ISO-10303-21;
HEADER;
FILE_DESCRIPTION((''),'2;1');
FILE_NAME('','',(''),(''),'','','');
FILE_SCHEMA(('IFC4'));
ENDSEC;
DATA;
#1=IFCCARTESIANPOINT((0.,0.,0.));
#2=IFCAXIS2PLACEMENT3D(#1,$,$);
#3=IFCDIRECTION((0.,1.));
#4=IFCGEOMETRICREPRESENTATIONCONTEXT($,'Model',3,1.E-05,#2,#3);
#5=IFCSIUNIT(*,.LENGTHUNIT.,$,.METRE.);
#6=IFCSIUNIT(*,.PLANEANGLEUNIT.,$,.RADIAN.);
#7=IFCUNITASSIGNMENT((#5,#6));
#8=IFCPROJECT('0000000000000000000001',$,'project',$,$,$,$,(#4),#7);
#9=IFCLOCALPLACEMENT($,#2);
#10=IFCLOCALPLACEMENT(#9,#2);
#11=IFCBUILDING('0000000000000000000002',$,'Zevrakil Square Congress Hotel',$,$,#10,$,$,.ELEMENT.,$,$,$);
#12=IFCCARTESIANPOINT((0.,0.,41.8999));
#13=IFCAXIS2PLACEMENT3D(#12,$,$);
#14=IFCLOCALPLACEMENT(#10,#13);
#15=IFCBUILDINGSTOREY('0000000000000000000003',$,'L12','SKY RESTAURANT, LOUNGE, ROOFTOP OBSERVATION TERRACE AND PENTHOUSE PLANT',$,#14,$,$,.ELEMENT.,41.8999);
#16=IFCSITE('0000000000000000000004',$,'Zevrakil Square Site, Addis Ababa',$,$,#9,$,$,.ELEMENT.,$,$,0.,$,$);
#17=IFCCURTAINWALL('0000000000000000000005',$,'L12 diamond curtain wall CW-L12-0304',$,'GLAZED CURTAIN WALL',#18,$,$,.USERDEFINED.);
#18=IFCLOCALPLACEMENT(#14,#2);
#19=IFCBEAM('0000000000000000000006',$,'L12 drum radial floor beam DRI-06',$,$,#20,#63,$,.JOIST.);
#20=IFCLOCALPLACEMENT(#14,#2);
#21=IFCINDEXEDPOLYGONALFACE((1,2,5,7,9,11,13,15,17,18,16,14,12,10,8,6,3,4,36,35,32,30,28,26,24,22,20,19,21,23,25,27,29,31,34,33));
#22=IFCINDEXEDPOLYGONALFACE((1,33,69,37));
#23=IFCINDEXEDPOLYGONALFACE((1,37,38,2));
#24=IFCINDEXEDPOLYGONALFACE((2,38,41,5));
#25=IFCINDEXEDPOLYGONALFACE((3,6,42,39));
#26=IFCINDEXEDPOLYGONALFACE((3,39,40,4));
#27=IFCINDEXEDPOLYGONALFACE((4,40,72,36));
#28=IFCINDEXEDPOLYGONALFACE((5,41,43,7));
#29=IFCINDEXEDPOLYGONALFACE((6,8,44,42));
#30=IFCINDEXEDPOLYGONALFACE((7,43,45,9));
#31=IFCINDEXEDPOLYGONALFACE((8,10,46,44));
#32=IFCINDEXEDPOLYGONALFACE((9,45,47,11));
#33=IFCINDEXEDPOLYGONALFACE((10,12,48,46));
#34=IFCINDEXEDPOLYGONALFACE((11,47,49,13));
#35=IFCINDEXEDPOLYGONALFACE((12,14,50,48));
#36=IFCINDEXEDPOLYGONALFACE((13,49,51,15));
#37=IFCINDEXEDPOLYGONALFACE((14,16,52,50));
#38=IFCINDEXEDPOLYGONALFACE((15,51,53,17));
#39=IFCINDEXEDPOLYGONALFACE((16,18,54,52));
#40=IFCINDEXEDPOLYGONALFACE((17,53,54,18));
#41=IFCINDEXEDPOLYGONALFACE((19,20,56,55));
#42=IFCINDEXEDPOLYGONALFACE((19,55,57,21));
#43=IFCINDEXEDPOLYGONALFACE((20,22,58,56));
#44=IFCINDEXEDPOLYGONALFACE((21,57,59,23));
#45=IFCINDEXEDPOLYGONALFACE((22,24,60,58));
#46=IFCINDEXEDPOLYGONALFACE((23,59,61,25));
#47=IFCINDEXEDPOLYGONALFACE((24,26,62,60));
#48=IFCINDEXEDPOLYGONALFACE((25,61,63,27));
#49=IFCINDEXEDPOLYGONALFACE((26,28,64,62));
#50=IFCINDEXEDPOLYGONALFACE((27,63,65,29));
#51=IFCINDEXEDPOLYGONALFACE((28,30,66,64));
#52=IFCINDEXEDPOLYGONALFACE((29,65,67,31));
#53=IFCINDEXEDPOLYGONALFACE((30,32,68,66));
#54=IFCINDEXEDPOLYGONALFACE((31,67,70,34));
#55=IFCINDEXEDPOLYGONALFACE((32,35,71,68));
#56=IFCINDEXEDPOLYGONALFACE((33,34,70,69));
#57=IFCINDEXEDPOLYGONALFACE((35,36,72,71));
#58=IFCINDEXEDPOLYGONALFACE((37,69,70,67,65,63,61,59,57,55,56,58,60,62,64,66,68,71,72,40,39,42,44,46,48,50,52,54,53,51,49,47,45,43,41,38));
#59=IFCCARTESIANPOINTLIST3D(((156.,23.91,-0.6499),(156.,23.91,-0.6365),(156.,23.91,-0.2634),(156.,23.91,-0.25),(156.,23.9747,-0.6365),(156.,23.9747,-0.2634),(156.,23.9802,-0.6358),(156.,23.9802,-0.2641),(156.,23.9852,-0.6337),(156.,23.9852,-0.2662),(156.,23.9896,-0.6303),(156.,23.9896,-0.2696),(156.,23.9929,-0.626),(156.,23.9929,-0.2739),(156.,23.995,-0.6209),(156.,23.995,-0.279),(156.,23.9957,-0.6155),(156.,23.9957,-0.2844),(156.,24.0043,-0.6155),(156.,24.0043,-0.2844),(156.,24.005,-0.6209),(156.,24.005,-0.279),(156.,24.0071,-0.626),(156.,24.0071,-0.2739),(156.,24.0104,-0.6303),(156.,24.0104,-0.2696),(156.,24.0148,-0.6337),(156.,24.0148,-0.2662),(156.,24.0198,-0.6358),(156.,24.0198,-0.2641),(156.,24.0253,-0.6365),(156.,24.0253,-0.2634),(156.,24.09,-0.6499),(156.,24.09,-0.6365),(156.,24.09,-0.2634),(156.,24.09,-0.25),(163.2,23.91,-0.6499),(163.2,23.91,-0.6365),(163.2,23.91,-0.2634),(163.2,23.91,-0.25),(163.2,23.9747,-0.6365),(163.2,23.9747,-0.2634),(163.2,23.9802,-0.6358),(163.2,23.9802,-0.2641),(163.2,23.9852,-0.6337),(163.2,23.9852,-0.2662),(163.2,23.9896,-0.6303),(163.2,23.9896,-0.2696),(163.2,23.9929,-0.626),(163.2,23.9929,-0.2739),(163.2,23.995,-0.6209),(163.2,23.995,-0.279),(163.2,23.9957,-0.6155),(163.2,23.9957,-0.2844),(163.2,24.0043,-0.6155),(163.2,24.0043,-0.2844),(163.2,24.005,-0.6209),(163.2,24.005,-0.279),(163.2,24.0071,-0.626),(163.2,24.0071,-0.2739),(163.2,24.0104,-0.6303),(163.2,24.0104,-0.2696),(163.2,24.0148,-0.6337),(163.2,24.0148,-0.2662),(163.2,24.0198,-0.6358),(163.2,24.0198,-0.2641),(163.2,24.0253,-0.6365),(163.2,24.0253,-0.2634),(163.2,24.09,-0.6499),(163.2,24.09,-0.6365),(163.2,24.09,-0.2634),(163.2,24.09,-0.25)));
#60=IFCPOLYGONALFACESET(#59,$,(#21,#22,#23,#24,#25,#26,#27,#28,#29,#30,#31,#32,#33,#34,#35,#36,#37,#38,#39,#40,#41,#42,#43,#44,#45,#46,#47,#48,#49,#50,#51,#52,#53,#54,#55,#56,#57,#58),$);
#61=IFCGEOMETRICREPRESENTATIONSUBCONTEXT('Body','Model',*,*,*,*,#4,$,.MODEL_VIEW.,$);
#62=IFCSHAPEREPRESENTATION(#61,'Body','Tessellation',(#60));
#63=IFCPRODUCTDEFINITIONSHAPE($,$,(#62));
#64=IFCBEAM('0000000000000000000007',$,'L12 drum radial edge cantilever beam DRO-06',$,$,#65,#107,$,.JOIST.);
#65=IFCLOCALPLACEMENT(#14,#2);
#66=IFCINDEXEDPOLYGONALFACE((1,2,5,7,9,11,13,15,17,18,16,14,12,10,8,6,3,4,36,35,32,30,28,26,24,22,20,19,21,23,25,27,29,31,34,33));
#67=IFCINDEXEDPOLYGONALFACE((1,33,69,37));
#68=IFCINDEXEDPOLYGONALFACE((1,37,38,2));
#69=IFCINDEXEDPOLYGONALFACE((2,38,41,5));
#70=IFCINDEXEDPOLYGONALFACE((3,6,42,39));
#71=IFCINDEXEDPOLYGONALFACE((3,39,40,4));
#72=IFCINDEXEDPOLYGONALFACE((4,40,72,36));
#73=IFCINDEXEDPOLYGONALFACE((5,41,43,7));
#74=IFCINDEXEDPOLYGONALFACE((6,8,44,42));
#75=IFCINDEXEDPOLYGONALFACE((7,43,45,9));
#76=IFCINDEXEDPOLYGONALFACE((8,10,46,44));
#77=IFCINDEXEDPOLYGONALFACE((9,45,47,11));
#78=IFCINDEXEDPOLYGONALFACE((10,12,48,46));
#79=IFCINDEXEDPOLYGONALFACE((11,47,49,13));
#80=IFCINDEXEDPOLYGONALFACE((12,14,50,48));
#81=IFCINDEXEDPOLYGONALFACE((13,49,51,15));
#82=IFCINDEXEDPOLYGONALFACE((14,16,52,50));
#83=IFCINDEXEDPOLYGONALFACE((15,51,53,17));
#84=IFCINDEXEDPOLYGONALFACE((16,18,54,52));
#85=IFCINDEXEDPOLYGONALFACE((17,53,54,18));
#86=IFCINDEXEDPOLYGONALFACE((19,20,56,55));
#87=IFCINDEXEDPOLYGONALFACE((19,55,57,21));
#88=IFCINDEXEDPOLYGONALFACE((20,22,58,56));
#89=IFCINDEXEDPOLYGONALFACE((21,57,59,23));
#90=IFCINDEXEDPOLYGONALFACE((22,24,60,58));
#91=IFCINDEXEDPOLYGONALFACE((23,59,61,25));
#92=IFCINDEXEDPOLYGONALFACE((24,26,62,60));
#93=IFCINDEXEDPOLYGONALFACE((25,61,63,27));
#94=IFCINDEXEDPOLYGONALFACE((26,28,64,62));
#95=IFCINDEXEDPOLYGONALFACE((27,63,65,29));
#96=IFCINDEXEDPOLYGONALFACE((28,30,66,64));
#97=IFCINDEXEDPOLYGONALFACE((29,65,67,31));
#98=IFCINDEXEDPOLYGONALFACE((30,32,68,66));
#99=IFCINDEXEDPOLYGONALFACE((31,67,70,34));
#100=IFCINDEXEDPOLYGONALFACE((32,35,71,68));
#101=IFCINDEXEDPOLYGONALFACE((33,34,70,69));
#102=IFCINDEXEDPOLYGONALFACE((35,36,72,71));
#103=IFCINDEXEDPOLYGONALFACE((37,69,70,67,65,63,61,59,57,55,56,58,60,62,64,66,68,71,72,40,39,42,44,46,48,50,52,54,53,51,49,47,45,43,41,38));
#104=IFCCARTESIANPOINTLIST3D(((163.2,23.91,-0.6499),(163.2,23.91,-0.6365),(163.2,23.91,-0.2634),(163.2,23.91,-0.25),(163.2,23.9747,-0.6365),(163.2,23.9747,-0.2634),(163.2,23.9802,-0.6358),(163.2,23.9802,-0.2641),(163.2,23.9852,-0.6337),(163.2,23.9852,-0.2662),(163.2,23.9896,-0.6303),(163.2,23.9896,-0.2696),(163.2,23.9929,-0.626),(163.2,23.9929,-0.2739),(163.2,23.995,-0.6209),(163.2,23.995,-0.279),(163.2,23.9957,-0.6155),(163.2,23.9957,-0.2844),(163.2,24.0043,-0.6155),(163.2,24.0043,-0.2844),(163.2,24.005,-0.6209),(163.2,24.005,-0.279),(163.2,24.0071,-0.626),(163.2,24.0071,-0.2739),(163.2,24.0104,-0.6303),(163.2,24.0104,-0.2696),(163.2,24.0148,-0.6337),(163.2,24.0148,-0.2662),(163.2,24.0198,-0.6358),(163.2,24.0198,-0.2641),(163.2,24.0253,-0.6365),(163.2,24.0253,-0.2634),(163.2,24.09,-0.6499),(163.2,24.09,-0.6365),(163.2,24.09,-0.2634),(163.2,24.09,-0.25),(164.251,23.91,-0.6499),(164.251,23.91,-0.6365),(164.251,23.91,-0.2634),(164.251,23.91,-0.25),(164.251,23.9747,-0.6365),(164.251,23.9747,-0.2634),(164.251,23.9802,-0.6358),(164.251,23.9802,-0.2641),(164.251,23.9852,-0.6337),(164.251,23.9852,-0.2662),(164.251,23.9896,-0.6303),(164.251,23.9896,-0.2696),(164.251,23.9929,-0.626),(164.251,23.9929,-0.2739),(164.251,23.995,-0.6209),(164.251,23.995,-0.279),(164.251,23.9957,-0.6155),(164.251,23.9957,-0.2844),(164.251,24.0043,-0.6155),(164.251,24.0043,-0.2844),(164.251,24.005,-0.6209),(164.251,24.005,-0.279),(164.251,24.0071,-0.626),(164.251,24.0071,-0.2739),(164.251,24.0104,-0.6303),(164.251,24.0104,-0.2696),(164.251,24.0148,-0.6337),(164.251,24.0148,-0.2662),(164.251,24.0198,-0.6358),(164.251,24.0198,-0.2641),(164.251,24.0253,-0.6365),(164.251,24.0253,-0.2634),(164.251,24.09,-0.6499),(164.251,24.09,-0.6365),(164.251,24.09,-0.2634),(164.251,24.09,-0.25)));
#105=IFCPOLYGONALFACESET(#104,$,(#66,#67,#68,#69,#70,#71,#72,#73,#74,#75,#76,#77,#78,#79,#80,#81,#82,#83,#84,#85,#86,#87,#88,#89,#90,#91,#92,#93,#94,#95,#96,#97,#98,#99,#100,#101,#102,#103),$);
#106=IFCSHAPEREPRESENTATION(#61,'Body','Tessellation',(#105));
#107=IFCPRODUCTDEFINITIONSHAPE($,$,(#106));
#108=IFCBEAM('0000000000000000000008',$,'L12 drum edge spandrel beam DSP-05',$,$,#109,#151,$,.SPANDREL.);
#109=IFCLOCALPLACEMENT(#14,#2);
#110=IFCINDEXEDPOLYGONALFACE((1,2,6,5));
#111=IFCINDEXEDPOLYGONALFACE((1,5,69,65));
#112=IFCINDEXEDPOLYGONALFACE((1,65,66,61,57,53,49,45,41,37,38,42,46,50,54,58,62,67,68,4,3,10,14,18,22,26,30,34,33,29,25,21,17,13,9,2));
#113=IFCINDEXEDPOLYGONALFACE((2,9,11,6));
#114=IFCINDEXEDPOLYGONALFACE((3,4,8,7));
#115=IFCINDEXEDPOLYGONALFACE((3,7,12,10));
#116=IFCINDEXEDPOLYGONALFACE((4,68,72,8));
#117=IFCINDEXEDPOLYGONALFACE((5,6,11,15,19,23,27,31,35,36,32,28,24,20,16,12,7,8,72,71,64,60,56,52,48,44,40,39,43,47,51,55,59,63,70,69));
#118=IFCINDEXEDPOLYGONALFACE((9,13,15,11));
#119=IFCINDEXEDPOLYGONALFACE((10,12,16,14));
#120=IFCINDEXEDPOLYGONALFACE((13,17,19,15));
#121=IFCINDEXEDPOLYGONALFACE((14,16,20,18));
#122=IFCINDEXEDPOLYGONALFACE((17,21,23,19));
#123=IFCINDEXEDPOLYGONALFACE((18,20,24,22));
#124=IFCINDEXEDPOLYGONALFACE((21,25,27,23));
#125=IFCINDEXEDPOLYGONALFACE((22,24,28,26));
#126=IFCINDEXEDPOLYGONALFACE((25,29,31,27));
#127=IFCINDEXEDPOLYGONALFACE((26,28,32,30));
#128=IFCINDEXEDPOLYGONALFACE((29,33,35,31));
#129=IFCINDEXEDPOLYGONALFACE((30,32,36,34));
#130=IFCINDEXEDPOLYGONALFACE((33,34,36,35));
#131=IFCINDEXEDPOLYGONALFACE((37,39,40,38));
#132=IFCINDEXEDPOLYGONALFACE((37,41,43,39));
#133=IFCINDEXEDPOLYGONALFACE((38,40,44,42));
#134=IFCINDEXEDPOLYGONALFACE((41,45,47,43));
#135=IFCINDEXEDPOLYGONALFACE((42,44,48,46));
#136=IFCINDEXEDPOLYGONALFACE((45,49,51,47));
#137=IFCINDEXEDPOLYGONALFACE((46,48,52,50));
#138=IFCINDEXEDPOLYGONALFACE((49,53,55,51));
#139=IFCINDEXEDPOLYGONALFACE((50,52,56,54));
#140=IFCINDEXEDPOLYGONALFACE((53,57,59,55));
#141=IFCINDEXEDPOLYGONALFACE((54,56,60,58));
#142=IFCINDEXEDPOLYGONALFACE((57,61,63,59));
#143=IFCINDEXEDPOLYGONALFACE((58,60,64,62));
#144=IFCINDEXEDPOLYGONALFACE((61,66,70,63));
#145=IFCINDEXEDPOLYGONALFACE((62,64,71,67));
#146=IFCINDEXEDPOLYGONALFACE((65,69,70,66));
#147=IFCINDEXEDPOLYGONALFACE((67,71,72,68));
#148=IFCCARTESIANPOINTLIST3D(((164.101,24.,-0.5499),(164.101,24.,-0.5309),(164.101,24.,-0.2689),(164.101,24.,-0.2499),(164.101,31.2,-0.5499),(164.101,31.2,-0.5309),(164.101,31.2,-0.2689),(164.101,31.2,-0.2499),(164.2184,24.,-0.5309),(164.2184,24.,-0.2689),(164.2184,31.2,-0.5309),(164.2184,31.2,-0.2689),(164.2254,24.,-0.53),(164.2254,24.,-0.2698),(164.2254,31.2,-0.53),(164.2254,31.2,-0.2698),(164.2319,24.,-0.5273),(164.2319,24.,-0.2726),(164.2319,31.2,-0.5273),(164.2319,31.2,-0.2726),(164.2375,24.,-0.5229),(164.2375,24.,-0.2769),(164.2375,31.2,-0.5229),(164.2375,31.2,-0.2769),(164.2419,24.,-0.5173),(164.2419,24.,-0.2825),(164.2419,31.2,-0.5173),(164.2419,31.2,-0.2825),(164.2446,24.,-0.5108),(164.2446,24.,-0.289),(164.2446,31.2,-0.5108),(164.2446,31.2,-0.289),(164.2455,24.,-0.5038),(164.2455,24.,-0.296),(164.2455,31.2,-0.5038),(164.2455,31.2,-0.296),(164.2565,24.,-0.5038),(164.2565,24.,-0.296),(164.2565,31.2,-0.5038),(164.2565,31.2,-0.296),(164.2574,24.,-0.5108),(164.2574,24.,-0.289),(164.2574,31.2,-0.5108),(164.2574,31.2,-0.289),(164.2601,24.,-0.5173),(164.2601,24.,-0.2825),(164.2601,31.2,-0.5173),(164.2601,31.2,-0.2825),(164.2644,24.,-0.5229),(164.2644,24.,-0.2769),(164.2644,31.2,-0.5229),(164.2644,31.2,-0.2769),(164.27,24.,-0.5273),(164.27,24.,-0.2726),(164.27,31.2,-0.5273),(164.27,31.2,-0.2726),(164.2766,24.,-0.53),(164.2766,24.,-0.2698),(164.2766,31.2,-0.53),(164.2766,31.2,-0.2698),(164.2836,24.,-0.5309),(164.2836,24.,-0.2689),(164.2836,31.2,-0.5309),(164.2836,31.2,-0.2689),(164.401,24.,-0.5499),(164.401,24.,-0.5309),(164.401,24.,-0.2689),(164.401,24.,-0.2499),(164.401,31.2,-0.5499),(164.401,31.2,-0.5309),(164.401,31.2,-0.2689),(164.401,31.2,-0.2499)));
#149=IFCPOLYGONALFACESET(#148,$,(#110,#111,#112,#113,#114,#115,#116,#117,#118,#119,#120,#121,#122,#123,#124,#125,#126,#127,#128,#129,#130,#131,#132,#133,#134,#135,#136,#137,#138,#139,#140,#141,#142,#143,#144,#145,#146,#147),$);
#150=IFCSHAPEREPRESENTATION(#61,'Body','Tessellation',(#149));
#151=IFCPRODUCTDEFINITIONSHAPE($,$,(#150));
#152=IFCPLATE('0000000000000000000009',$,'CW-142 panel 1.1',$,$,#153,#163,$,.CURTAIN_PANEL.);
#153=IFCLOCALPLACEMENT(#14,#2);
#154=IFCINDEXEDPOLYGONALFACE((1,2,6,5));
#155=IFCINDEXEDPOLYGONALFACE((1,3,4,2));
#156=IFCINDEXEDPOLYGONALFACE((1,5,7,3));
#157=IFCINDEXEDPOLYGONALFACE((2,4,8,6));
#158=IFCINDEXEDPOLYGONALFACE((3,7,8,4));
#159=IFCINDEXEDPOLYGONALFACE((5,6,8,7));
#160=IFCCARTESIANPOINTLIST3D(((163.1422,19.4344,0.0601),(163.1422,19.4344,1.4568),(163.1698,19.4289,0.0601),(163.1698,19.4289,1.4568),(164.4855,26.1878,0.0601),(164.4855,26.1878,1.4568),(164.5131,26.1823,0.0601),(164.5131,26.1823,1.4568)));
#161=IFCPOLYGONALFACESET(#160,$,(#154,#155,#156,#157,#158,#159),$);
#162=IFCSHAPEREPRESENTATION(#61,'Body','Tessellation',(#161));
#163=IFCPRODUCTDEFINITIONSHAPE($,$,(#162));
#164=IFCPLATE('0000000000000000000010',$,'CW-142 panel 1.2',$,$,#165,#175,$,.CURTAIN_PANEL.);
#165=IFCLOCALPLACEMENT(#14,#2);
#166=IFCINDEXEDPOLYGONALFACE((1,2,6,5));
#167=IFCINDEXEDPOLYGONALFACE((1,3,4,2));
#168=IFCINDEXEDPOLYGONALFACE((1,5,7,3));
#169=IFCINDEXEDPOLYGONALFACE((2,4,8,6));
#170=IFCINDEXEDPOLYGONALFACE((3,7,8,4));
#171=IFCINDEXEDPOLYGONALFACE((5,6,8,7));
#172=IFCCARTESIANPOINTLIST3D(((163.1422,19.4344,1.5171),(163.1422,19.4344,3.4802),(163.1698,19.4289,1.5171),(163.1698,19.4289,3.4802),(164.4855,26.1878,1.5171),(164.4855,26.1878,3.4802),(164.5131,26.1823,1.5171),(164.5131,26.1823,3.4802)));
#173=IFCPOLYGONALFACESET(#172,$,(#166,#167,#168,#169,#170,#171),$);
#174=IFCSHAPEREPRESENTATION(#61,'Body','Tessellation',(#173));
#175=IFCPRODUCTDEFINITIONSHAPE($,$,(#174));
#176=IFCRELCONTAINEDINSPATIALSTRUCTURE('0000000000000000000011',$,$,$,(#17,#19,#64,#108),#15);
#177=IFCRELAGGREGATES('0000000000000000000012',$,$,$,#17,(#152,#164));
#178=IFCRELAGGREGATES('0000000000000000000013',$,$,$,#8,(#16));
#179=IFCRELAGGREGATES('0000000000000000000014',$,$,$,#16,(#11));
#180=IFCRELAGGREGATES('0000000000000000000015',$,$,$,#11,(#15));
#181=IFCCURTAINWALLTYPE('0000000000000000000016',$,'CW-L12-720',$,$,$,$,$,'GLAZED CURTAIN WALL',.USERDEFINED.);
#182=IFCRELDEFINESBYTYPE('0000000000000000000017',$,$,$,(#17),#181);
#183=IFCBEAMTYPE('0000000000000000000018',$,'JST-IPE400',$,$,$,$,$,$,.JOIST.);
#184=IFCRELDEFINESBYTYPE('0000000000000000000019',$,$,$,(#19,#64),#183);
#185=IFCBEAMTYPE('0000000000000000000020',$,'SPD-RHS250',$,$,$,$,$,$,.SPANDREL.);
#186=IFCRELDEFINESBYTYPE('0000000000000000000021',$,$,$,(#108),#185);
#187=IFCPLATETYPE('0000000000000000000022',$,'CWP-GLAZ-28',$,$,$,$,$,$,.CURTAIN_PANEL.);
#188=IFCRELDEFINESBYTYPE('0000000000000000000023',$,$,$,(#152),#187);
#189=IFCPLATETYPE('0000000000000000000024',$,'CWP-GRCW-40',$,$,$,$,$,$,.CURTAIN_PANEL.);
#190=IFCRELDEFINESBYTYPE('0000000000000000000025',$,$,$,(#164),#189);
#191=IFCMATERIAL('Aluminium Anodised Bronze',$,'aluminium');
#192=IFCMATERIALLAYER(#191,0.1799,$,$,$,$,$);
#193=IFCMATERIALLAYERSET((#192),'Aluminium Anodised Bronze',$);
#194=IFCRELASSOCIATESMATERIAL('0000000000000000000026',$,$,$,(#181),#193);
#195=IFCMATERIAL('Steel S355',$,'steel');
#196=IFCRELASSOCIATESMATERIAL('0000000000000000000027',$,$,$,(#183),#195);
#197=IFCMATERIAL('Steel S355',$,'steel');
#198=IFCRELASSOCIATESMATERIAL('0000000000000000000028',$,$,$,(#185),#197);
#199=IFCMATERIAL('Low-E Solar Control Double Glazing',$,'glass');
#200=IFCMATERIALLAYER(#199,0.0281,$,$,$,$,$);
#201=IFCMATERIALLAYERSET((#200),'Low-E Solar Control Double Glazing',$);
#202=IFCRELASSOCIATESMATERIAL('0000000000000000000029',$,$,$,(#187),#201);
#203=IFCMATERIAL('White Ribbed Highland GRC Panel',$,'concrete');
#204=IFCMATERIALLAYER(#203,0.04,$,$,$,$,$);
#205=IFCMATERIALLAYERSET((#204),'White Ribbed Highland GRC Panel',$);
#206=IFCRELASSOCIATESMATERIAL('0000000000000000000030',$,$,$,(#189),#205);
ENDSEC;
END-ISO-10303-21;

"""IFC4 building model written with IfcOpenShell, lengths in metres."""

from ifc_helpers import new_model, si_unit, direction, frame, origin, origin_2d, place, context, subcontext, project, spatial, rectangle, i_section, extrude, material, layer, layer_set, material_profile, profile_set, type_object, element, aggregate, save


model = new_model("IFC4")

# Units and contexts
model_context = context("Model", 3, precision=1e-05, world=origin(), true_north=direction((0.0, 1.0)))
body_context = subcontext(model_context, "Body", "Model", "MODEL_VIEW")
ifc_project = project(units=[si_unit("LENGTHUNIT", "METRE"), si_unit("PLANEANGLEUNIT", "RADIAN")], contexts=[model_context])

# Site, building, storey
site_placement = place(None, origin())
site = spatial("IfcSite", under=ifc_project, at=site_placement, Name="Zevrakil Square Site, Addis Ababa", CompositionType="ELEMENT", RefElevation=0.0)
building_placement = place(site_placement, origin())
building = spatial("IfcBuilding", under=site, at=building_placement, Name="Zevrakil Square Congress Hotel", CompositionType="ELEMENT")
storey_placement = place(building_placement, frame((0.0, 0.0, 41.8999)))
storey = spatial("IfcBuildingStorey", under=building, at=storey_placement, Name="L12", Description="SKY RESTAURANT, LOUNGE, ROOFTOP OBSERVATION TERRACE AND PENTHOUSE PLANT", CompositionType="ELEMENT", Elevation=41.8999)

# Curtain wall
ifc_material_1 = material(Name="Aluminium Anodised Bronze", Category="aluminium")
ifc_layer_1 = layer(ifc_material_1, 0.1799)
ifc_layer_set_1 = layer_set([ifc_layer_1], Name="Aluminium Anodised Bronze")
curtain_wall_type_1 = type_object("IfcCurtainWallType", Name="CW-L12-720", ElementType="GLAZED CURTAIN WALL", PredefinedType="USERDEFINED", material=ifc_layer_set_1)
curtain_wall_1_placement = place(storey_placement, origin())
curtain_wall_1 = element("IfcCurtainWall", 1, at=curtain_wall_1_placement, inside=storey, type_object=curtain_wall_type_1, Name="L12 diamond curtain wall CW-L12-0304", ObjectType="GLAZED CURTAIN WALL", PredefinedType="USERDEFINED")

# Beams
ifc_material_2 = material(Name="Steel S355", Category="steel")
ifc_material_profile_1 = material_profile(ifc_material_2, i_section(OverallWidth=0.1799, OverallDepth=0.3999, WebThickness=0.0085, FlangeThickness=0.0134, FilletRadius=0.021, at=origin_2d()), Name="IPE 400")
ifc_profile_set_1 = profile_set([ifc_material_profile_1], Name="Steel S355")
beam_type_1 = type_object("IfcBeamType", Name="JST-IPE400", PredefinedType="JOIST", material=ifc_profile_set_1)
beam_1_placement = place(storey_placement, frame((156.0, 24.0, -0.45), z_axis=(1.0, 0.0, 0.0), x_axis=(0.0, 1.0, 0.0)))
element("IfcBeam", 2, at=beam_1_placement, inside=storey, type_object=beam_type_1, Name="L12 drum radial floor beam DRI-06", PredefinedType="JOIST", context=body_context, shape_type="SweptSolid", body=[
    extrude(i_section(OverallWidth=0.1799, OverallDepth=0.3999, WebThickness=0.0085, FlangeThickness=0.0134, FilletRadius=0.021, at=origin_2d()), origin(), (0.0, 0.0, 1.0), 7.2),
])
beam_2_placement = place(storey_placement, frame((163.2, 24.0, -0.45), z_axis=(1.0, 0.0, 0.0), x_axis=(0.0, 1.0, 0.0)))
element("IfcBeam", 3, at=beam_2_placement, inside=storey, type_object=beam_type_1, Name="L12 drum radial edge cantilever beam DRO-06", PredefinedType="JOIST", context=body_context, shape_type="SweptSolid", body=[
    extrude(i_section(OverallWidth=0.1799, OverallDepth=0.3999, WebThickness=0.0085, FlangeThickness=0.0134, FilletRadius=0.021, at=origin_2d()), origin(), (0.0, 0.0, 1.0), 1.051),
])
ifc_material_3 = material(Name="Steel S355", Category="steel")
ifc_material_profile_2 = material_profile(ifc_material_3, i_section(OverallWidth=0.3, OverallDepth=0.3, WebThickness=0.011, FlangeThickness=0.019, FilletRadius=0.0271, at=origin_2d()), Name="HEB 300")
ifc_profile_set_2 = profile_set([ifc_material_profile_2], Name="Steel S355")
beam_type_2 = type_object("IfcBeamType", Name="SPD-RHS250", PredefinedType="SPANDREL", material=ifc_profile_set_2)
beam_3_placement = place(storey_placement, frame((164.251, 24.0, -0.3999), z_axis=(0.0, 1.0, 0.0), x_axis=(-1.0, 0.0, 0.0)))
element("IfcBeam", 4, at=beam_3_placement, inside=storey, type_object=beam_type_2, Name="L12 drum edge spandrel beam DSP-05", PredefinedType="SPANDREL", context=body_context, shape_type="SweptSolid", body=[
    extrude(i_section(OverallWidth=0.3, OverallDepth=0.3, WebThickness=0.011, FlangeThickness=0.019, FilletRadius=0.0271, at=origin_2d()), origin(), (0.0, 0.0, 1.0), 7.2),
])

# Plates
ifc_material_4 = material(Name="Low-E Solar Control Double Glazing", Category="glass")
ifc_layer_2 = layer(ifc_material_4, 0.0281)
ifc_layer_set_2 = layer_set([ifc_layer_2], Name="Low-E Solar Control Double Glazing")
plate_type_1 = type_object("IfcPlateType", Name="CWP-GLAZ-28", PredefinedType="CURTAIN_PANEL", material=ifc_layer_set_2)
plate_1_placement = place(storey_placement, frame((163.8276, 22.8083, 0.0601), z_axis=(0.0, 0.0, 1.0), x_axis=(0.195084, 0.980787, 0.0)))
plate_1 = element("IfcPlate", 5, at=plate_1_placement, type_object=plate_type_1, Name="CW-142 panel 1.1", PredefinedType="CURTAIN_PANEL", context=body_context, shape_type="SweptSolid", body=[
    extrude(rectangle(XDim=6.8857, YDim=0.0281, at=origin_2d()), origin(), (0.0, 0.0, 1.0), 1.3967),
])
ifc_material_5 = material(Name="White Ribbed Highland GRC Panel", Category="concrete")
ifc_layer_3 = layer(ifc_material_5, 0.04)
ifc_layer_set_3 = layer_set([ifc_layer_3], Name="White Ribbed Highland GRC Panel")
plate_type_2 = type_object("IfcPlateType", Name="CWP-GRCW-40", PredefinedType="CURTAIN_PANEL", material=ifc_layer_set_3)
plate_2_placement = place(storey_placement, frame((163.8276, 22.8083, 1.5171), z_axis=(0.0, 0.0, 1.0), x_axis=(0.195084, 0.980787, 0.0)))
plate_2 = element("IfcPlate", 6, at=plate_2_placement, type_object=plate_type_2, Name="CW-142 panel 1.2", PredefinedType="CURTAIN_PANEL", context=body_context, shape_type="SweptSolid", body=[
    extrude(rectangle(XDim=6.8857, YDim=0.0281, at=origin_2d()), origin(), (0.0, 0.0, 1.0), 1.9631),
])
aggregate(curtain_wall_1, [plate_1, plate_2])

save(model, "model.ifc")
